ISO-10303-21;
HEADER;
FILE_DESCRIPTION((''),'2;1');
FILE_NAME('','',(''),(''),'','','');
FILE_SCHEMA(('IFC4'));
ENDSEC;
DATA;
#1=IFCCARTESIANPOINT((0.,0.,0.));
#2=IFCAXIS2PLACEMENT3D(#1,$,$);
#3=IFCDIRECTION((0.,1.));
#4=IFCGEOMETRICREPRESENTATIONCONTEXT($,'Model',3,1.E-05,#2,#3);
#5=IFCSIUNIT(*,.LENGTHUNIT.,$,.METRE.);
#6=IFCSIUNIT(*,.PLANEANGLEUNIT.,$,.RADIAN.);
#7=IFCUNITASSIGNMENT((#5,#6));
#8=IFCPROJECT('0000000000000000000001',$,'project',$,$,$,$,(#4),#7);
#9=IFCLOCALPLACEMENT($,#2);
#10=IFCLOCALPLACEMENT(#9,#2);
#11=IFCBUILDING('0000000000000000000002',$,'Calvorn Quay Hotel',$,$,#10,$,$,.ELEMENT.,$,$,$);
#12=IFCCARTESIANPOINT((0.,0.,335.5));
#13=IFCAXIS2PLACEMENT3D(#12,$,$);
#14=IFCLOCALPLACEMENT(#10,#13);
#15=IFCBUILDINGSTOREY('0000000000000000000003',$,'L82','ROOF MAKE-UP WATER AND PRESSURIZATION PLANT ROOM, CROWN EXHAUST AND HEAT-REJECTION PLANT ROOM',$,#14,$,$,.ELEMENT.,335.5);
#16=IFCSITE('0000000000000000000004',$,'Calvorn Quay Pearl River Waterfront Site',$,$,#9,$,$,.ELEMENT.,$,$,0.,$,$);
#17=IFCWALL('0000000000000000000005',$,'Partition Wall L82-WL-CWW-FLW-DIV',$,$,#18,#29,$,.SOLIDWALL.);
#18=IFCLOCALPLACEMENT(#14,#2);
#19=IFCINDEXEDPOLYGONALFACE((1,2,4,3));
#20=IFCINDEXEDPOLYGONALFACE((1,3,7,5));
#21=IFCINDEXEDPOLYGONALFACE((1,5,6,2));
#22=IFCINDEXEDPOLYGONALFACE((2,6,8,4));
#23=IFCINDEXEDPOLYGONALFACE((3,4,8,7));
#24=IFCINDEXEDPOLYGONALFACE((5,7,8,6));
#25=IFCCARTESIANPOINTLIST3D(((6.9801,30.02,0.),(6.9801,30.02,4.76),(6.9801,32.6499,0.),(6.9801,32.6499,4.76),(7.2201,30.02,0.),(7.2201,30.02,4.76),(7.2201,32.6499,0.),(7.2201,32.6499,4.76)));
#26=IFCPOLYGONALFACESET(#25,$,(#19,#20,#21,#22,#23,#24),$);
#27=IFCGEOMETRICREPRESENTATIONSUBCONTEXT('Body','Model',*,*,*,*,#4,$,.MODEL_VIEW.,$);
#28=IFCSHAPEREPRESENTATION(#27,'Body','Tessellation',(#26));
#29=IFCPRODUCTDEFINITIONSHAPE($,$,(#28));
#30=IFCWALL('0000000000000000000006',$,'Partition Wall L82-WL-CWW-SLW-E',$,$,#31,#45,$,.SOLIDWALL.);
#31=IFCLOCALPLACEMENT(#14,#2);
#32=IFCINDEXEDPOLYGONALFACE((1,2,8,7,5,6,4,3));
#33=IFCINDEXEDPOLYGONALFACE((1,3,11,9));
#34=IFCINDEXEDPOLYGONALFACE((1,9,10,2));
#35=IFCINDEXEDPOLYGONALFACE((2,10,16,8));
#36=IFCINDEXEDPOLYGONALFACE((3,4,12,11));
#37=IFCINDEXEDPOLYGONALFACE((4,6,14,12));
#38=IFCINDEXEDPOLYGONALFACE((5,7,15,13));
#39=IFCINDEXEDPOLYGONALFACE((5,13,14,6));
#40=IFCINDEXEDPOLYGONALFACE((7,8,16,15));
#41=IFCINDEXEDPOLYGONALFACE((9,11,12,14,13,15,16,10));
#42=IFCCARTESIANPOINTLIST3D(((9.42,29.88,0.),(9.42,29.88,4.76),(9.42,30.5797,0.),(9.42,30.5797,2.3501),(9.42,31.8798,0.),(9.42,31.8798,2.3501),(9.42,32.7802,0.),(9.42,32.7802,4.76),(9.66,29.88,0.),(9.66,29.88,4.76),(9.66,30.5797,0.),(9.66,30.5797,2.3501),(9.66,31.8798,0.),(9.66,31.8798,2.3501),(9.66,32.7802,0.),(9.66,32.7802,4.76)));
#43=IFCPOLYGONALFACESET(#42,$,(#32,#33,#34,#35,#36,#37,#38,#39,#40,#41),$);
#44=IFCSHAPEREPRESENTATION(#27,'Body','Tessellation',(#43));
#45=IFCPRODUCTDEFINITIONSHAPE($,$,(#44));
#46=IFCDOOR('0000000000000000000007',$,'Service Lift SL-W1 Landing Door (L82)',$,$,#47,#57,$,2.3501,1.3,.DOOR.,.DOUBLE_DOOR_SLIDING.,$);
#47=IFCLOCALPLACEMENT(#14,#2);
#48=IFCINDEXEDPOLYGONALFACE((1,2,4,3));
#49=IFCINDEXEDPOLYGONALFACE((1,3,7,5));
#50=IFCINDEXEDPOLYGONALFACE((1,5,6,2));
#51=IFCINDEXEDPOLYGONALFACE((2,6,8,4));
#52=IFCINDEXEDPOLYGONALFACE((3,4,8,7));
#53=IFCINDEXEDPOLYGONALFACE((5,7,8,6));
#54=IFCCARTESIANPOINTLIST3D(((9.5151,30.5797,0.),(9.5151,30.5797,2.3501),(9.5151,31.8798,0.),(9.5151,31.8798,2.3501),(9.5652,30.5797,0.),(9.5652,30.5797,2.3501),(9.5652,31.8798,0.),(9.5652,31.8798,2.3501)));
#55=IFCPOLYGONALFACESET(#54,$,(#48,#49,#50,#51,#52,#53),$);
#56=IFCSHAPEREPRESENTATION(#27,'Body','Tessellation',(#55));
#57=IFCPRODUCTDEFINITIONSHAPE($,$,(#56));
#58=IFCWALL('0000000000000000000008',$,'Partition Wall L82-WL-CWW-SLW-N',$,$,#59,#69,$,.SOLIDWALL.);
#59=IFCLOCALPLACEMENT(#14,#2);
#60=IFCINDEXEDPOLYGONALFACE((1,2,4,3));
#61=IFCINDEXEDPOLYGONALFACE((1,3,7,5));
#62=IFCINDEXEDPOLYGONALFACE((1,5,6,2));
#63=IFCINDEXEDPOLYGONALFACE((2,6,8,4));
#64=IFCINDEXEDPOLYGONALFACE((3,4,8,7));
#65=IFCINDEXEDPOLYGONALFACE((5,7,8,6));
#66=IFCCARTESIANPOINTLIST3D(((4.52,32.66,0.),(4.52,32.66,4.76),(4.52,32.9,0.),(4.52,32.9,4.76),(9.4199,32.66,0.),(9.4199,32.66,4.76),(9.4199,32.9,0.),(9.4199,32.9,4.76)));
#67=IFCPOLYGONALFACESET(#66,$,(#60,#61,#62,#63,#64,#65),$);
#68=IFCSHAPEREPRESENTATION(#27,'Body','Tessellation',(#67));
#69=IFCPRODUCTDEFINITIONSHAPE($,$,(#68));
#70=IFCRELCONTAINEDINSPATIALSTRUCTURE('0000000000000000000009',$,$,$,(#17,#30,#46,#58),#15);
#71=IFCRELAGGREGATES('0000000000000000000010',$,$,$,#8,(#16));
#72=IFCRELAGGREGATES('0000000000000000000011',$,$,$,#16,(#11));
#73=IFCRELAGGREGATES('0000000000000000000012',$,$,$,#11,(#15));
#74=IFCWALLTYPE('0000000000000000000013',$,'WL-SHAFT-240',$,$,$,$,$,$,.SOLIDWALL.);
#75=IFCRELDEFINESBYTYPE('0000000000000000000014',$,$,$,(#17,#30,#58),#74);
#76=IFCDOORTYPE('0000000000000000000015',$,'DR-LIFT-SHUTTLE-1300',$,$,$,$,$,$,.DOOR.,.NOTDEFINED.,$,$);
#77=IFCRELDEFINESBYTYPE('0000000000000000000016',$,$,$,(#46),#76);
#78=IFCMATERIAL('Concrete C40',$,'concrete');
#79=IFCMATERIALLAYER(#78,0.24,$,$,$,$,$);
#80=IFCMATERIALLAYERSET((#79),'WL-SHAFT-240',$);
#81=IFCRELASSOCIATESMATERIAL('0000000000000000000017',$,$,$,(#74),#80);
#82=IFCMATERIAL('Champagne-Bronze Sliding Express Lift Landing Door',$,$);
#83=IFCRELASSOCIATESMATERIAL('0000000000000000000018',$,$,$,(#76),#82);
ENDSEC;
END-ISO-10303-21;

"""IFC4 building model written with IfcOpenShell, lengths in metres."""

from ifc_helpers import new_model, si_unit, direction, frame, frame_2d, origin, place, context, subcontext, project, spatial, rectangle, extrude, material, layer, layer_set, type_object, element, fill, save


model = new_model("IFC4")

# Units and contexts
model_context = context("Model", 3, precision=1e-05, world=origin(), true_north=direction((0.0, 1.0)))
body_context = subcontext(model_context, "Body", "Model", "MODEL_VIEW")
ifc_project = project(units=[si_unit("LENGTHUNIT", "METRE"), si_unit("PLANEANGLEUNIT", "RADIAN")], contexts=[model_context])

# Site, building, storey
site_placement = place(None, origin())
site = spatial("IfcSite", under=ifc_project, at=site_placement, Name="Calvorn Quay Pearl River Waterfront Site", CompositionType="ELEMENT", RefElevation=0.0)
building_placement = place(site_placement, origin())
building = spatial("IfcBuilding", under=site, at=building_placement, Name="Calvorn Quay Hotel", CompositionType="ELEMENT")
storey_placement = place(building_placement, frame((0.0, 0.0, 335.5)))
storey = spatial("IfcBuildingStorey", under=building, at=storey_placement, Name="L82", Description="ROOF MAKE-UP WATER AND PRESSURIZATION PLANT ROOM, CROWN EXHAUST AND HEAT-REJECTION PLANT ROOM", CompositionType="ELEMENT", Elevation=335.5)

# Shared definitions
ifc_material_1 = material(Name="Concrete C40", Category="concrete")
ifc_layer_1 = layer(ifc_material_1, 0.24)
ifc_layer_set_1 = layer_set([ifc_layer_1], Name="WL-SHAFT-240")
wall_type_1 = type_object("IfcWallType", Name="WL-SHAFT-240", PredefinedType="SOLIDWALL", material=ifc_layer_set_1)

# Shared definitions
ifc_material_2 = material(Name="Champagne-Bronze Sliding Express Lift Landing Door")
door_type_1 = type_object("IfcDoorType", Name="DR-LIFT-SHUTTLE-1300", OperationType="NOTDEFINED", PredefinedType="DOOR", material=ifc_material_2)

# Wall
wall_1_placement = place(storey_placement, frame((7.1001, 30.02, 0.0), z_axis=(0.0, 0.0, 1.0), x_axis=(0.0, 1.0, 0.0)))
element("IfcWall", 1, at=wall_1_placement, inside=storey, type_object=wall_type_1, Name="Partition Wall L82-WL-CWW-FLW-DIV", PredefinedType="SOLIDWALL", context=body_context, shape_type="SweptSolid", body=[
    extrude(rectangle(XDim=2.6299, YDim=0.24, at=frame_2d((1.3149, 0.0))), origin(), (0.0, 0.0, 1.0), 4.76),
])

# Wall, opening, door
wall_2_placement = place(storey_placement, frame((9.54, 29.8799, 0.0), z_axis=(0.0, 0.0, 1.0), x_axis=(0.0, 1.0, 0.0)))
wall_2 = element("IfcWall", 2, at=wall_2_placement, inside=storey, type_object=wall_type_1, Name="Partition Wall L82-WL-CWW-SLW-E", PredefinedType="SOLIDWALL", context=body_context, shape_type="SweptSolid", body=[
    extrude(rectangle(XDim=2.9001, YDim=0.24, at=frame_2d((1.4502, 0.0))), origin(), (0.0, 0.0, 1.0), 4.76),
])
opening_1_placement = place(wall_2_placement, frame((0.7, 0.0, 0.0)))
opening_1 = element("IfcOpeningElement", 3, at=opening_1_placement, cuts=wall_2, PredefinedType="OPENING", context=body_context, shape_type="SweptSolid", body=[
    extrude(rectangle(XDim=1.3, YDim=2.3501, at=frame_2d((0.6499, 1.175))), frame((0.0, 0.1299, 0.0), z_axis=(0.0, -1.0, 0.0), x_axis=(1.0, 0.0, 0.0)), (0.0, 0.0, 1.0), 0.26),
])
door_1_placement = place(opening_1_placement, origin())
door_1 = element("IfcDoor", 4, at=door_1_placement, inside=storey, type_object=door_type_1, Name="Service Lift SL-W1 Landing Door (L82)", OperationType="DOUBLE_DOOR_SLIDING", OverallHeight=2.3501, OverallWidth=1.3, PredefinedType="DOOR", context=body_context, shape_type="SweptSolid", body=[
    extrude(rectangle(XDim=1.3, YDim=2.3501, at=frame_2d((0.6499, 1.175))), frame((0.0, 0.0249, 0.0), z_axis=(0.0, -1.0, 0.0), x_axis=(1.0, 0.0, 0.0)), (0.0, 0.0, 1.0), 0.05),
])
fill(opening_1, door_1)

# Wall
wall_3_placement = place(storey_placement, frame((4.52, 32.78, 0.0), z_axis=(0.0, 0.0, 1.0), x_axis=(1.0, 0.0, 0.0)))
element("IfcWall", 5, at=wall_3_placement, inside=storey, type_object=wall_type_1, Name="Partition Wall L82-WL-CWW-SLW-N", PredefinedType="SOLIDWALL", context=body_context, shape_type="SweptSolid", body=[
    extrude(rectangle(XDim=4.8999, YDim=0.24, at=frame_2d((2.45, 0.0))), origin(), (0.0, 0.0, 1.0), 4.76),
])

save(model, "model.ifc")
